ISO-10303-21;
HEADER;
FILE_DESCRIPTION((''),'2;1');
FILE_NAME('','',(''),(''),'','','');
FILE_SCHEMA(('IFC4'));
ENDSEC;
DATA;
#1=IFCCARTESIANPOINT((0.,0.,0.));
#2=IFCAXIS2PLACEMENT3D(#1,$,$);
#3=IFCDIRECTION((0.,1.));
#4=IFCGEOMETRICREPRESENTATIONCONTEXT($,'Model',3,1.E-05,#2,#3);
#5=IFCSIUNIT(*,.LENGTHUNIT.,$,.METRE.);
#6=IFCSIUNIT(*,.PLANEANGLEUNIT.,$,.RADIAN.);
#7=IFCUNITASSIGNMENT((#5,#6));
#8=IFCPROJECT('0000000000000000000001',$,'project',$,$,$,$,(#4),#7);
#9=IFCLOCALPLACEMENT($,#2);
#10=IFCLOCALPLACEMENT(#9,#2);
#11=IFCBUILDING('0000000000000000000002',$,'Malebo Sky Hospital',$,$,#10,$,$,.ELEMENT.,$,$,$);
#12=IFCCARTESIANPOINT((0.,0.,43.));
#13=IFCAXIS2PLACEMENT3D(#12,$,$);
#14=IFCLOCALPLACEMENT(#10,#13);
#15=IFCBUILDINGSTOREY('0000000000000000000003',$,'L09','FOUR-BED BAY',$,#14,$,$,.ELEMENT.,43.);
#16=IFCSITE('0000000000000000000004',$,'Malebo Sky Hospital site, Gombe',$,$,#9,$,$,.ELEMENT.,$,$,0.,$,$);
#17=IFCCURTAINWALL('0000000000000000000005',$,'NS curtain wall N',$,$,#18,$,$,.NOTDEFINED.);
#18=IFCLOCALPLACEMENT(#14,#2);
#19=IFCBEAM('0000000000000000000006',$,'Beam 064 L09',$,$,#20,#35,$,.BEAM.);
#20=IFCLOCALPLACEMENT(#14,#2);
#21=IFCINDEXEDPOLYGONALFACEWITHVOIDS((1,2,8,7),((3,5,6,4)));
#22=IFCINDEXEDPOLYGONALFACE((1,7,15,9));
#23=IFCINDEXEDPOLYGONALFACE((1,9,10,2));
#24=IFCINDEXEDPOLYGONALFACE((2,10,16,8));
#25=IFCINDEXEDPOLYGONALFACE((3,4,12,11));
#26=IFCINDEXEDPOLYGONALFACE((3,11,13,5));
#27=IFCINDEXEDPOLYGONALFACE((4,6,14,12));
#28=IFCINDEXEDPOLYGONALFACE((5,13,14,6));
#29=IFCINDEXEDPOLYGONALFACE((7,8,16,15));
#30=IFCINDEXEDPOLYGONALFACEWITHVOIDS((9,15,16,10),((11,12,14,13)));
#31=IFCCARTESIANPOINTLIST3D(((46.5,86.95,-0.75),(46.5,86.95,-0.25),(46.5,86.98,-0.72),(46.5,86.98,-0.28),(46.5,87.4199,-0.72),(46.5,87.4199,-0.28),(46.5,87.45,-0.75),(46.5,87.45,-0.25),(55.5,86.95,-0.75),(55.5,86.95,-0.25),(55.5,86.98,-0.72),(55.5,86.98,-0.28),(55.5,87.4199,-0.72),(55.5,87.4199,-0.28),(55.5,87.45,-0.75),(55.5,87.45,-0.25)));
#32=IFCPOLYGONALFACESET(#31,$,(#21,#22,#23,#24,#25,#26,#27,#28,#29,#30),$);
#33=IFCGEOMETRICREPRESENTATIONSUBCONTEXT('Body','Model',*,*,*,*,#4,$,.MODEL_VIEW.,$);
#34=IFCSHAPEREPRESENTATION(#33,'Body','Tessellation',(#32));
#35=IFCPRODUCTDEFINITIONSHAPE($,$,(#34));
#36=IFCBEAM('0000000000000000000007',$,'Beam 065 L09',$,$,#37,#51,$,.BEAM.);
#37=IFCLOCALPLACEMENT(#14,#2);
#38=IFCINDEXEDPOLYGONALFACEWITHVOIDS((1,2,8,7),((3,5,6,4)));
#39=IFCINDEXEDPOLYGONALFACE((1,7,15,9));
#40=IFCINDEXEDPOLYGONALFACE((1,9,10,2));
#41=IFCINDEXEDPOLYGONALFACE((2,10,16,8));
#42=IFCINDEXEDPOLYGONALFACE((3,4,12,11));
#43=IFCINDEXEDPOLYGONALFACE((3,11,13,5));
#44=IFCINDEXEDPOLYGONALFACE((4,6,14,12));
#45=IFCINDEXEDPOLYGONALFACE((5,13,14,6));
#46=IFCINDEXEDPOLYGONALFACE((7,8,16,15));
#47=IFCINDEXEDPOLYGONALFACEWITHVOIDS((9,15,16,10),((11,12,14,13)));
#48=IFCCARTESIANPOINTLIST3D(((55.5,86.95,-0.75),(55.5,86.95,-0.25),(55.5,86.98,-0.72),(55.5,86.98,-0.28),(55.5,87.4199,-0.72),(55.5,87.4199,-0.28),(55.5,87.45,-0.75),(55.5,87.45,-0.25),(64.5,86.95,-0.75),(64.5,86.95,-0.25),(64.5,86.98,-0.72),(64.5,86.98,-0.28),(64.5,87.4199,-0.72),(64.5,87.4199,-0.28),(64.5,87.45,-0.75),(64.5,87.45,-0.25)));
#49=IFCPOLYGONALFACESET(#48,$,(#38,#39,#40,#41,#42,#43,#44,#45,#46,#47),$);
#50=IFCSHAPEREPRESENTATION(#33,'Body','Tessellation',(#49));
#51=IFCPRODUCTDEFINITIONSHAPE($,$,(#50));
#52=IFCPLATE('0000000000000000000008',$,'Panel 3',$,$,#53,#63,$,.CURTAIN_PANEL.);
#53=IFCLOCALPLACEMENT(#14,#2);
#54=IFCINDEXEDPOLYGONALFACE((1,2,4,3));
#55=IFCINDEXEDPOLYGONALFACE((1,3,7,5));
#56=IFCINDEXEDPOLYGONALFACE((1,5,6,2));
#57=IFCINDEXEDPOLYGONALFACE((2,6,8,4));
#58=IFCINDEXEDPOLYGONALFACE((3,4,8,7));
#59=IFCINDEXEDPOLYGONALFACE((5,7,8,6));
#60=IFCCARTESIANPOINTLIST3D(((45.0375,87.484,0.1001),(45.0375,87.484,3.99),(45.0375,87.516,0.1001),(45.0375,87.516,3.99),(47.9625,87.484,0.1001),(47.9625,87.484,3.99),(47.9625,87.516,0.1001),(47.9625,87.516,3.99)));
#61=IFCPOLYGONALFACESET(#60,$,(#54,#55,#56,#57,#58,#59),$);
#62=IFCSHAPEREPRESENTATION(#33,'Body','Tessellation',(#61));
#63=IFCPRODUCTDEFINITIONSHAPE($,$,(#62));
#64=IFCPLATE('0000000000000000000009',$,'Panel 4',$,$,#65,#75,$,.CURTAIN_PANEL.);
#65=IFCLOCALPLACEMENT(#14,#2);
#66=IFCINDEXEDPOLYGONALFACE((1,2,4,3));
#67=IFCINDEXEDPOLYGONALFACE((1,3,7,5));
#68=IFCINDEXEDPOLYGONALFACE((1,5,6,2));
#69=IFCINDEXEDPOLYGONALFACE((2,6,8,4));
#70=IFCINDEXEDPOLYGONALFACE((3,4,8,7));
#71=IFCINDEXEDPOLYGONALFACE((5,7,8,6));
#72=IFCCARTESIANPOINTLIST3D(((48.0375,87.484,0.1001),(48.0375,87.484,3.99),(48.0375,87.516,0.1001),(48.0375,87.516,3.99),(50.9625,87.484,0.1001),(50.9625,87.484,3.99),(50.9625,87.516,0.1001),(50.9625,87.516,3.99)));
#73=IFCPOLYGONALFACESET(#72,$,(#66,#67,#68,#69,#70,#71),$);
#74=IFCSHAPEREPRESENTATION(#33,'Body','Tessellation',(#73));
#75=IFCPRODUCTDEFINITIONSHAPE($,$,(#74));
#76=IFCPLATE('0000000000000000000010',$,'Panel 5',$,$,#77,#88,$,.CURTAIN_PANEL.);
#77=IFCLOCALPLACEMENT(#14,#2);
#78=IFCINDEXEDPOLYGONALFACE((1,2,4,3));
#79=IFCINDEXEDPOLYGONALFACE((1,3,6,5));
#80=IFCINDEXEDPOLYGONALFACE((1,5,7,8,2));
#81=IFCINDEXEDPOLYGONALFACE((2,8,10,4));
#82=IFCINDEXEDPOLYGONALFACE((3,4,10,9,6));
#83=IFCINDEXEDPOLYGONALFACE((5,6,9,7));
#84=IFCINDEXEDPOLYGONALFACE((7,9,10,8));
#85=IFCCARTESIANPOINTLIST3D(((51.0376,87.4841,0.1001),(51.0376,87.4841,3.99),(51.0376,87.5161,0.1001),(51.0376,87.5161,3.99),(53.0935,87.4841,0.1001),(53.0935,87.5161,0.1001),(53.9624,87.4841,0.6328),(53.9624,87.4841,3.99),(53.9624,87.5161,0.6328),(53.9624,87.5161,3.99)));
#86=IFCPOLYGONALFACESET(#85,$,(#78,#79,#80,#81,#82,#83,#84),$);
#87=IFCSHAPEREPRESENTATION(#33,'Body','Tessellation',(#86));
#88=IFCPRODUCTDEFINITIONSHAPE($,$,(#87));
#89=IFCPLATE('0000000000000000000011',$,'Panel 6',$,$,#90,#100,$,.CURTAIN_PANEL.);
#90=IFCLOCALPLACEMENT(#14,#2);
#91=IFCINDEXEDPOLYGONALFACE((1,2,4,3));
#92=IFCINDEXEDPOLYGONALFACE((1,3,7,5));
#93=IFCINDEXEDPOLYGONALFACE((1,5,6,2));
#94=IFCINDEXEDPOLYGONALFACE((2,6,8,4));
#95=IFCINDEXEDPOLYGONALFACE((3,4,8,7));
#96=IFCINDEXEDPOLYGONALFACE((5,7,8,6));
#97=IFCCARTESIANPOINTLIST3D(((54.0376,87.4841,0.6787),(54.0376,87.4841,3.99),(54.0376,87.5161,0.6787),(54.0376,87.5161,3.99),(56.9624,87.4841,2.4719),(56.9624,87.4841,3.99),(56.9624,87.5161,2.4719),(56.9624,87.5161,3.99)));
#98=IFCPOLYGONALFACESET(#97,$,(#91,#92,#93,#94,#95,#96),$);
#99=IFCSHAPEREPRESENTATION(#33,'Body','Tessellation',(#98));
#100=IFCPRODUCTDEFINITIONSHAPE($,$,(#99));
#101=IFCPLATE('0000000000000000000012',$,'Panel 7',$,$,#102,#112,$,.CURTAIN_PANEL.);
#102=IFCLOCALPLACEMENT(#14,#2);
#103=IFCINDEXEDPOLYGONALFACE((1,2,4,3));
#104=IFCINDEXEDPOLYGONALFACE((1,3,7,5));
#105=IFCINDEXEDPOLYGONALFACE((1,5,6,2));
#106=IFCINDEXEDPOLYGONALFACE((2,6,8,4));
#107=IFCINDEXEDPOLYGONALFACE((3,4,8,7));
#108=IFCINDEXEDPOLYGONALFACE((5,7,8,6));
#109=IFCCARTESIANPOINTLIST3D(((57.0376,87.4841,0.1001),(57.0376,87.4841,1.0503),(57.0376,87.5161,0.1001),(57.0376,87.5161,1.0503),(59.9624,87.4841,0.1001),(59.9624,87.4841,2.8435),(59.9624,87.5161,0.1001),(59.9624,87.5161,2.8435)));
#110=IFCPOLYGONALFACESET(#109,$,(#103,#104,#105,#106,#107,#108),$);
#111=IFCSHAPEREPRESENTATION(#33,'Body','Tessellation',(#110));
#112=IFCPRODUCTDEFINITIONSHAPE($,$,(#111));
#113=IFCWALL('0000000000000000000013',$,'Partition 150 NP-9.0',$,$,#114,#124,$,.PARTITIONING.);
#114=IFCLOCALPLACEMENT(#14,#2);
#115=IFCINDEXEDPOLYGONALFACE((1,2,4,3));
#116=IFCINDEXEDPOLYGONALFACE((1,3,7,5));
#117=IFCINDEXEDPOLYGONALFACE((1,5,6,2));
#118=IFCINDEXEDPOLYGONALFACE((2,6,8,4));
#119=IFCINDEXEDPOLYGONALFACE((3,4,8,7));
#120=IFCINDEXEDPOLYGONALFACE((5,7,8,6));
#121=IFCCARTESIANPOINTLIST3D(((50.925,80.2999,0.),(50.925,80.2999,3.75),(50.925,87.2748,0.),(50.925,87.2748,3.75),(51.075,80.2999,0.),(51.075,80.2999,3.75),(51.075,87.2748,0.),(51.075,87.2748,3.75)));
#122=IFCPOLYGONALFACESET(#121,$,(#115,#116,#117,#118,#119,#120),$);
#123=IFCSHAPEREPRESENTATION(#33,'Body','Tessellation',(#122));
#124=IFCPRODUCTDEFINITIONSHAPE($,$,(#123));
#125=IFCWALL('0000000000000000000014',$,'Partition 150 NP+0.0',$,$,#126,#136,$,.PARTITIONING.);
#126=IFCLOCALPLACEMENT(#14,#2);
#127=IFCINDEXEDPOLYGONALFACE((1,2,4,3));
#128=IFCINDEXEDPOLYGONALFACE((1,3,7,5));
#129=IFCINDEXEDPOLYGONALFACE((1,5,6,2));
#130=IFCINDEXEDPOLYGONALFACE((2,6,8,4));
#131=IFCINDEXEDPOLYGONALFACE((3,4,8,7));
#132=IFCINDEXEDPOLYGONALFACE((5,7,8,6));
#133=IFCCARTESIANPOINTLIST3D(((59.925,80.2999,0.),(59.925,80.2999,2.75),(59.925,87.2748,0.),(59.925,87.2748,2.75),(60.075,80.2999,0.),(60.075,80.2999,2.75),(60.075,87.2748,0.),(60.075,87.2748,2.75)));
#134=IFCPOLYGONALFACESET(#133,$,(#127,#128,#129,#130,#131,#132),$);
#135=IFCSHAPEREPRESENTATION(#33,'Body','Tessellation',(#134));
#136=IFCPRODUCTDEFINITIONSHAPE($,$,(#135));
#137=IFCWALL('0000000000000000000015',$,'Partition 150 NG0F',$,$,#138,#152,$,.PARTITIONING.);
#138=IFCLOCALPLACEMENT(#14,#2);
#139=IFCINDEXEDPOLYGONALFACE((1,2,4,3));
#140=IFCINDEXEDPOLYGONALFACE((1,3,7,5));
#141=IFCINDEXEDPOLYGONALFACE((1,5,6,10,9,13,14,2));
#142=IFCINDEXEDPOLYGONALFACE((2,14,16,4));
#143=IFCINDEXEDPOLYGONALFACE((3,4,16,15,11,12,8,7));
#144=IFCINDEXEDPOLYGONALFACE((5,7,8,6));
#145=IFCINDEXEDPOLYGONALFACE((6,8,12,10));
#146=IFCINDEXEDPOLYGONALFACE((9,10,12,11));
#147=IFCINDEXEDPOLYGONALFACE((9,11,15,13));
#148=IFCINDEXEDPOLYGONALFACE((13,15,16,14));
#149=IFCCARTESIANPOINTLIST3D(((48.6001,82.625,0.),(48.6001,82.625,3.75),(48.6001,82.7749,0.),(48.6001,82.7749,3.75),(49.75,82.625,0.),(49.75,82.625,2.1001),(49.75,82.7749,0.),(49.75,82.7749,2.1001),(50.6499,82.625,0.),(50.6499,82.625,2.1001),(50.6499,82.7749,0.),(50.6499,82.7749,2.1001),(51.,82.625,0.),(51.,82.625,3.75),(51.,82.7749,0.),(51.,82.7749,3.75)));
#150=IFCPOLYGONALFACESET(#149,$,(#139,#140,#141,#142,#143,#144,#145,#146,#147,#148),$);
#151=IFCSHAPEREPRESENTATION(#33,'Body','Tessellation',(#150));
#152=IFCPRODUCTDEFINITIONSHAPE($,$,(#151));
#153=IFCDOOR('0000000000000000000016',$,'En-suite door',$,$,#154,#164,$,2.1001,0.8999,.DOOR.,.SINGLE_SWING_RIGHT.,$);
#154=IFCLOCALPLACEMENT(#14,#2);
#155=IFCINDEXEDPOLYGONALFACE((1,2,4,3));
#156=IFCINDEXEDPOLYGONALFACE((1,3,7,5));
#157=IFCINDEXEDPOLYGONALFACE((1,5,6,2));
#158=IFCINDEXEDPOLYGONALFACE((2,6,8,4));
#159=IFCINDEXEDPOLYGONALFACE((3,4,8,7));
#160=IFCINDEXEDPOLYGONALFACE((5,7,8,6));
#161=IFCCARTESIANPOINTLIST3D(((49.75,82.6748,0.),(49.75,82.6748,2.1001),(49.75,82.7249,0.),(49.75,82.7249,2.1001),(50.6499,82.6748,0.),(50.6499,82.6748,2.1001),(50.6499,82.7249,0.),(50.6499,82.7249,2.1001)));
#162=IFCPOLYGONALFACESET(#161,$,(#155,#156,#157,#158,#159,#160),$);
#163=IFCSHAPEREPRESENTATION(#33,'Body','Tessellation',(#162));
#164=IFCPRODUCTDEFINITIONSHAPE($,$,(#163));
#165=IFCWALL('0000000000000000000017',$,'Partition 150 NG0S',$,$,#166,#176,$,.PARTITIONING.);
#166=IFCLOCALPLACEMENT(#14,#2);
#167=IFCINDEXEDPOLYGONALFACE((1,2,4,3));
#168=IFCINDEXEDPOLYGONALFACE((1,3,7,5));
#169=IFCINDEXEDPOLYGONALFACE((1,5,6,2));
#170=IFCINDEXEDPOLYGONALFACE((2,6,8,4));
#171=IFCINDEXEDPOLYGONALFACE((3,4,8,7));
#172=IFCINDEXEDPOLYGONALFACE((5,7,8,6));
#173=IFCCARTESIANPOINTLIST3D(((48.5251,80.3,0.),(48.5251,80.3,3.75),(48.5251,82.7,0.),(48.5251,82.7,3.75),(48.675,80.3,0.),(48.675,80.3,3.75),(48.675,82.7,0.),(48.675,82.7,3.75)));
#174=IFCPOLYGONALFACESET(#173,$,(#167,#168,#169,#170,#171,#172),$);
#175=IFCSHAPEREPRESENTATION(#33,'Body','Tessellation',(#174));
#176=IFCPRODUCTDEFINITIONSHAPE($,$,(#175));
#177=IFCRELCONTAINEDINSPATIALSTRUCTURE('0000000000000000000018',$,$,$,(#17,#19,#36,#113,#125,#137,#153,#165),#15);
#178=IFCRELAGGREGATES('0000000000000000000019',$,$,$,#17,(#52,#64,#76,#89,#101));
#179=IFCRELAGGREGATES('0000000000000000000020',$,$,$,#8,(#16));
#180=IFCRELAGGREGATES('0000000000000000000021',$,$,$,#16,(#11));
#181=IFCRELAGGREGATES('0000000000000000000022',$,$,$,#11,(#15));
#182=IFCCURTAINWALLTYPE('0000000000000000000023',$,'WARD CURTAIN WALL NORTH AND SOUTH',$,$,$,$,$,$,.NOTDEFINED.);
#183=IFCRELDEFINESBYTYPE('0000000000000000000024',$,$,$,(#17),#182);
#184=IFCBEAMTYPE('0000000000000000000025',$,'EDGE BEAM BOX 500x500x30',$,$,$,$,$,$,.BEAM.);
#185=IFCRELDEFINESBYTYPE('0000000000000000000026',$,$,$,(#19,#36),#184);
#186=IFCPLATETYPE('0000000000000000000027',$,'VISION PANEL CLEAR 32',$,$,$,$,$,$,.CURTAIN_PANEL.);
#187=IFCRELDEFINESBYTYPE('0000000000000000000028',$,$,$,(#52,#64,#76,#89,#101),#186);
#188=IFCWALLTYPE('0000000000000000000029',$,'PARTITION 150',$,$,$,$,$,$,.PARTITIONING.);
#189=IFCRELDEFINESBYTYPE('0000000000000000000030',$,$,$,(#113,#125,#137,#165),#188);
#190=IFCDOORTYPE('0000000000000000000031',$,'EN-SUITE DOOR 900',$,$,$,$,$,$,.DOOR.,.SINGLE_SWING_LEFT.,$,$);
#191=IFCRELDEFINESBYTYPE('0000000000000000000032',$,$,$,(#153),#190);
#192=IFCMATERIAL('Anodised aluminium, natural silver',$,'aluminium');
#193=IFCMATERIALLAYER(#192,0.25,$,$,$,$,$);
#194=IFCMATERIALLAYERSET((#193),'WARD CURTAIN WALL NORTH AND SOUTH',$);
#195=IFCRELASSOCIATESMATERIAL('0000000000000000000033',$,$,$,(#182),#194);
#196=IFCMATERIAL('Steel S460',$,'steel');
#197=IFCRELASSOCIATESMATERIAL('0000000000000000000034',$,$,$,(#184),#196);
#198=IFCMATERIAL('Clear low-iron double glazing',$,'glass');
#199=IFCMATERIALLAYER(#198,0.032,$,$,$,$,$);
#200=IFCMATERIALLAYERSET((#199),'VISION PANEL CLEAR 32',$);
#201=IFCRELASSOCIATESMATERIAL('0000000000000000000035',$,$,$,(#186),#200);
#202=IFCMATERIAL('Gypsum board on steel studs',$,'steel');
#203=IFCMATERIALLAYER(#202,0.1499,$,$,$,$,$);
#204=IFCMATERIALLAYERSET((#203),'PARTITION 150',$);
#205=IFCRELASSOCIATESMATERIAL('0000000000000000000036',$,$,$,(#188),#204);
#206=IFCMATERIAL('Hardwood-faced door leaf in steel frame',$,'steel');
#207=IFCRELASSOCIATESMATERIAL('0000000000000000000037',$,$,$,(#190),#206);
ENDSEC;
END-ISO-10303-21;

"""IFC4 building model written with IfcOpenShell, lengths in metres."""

from ifc_helpers import new_model, si_unit, direction, frame, frame_2d, origin, origin_2d, place, context, subcontext, project, spatial, polyline, rectangle, hollow_rectangle, outline, extrude, material, layer, layer_set, material_profile, profile_set, type_object, element, fill, aggregate, save


model = new_model("IFC4")

# Units and contexts
model_context = context("Model", 3, precision=1e-05, world=origin(), true_north=direction((0.0, 1.0)))
body_context = subcontext(model_context, "Body", "Model", "MODEL_VIEW")
ifc_project = project(units=[si_unit("LENGTHUNIT", "METRE"), si_unit("PLANEANGLEUNIT", "RADIAN")], contexts=[model_context])

# Site, building, storey
site_placement = place(None, origin())
site = spatial("IfcSite", under=ifc_project, at=site_placement, Name="Malebo Sky Hospital site, Gombe", CompositionType="ELEMENT", RefElevation=0.0)
building_placement = place(site_placement, origin())
building = spatial("IfcBuilding", under=site, at=building_placement, Name="Malebo Sky Hospital", CompositionType="ELEMENT")
storey_placement = place(building_placement, frame((0.0, 0.0, 43.0)))
storey = spatial("IfcBuildingStorey", under=building, at=storey_placement, Name="L09", Description="FOUR-BED BAY", CompositionType="ELEMENT", Elevation=43.0)

# Shared definitions
ifc_material_1 = material(Name="Steel S460", Category="steel")

# Curtain wall
ifc_material_2 = material(Name="Anodised aluminium, natural silver", Category="aluminium")
ifc_layer_1 = layer(ifc_material_2, 0.25)
ifc_layer_set_1 = layer_set([ifc_layer_1], Name="WARD CURTAIN WALL NORTH AND SOUTH")
curtain_wall_type = type_object("IfcCurtainWallType", Name="WARD CURTAIN WALL NORTH AND SOUTH", PredefinedType="NOTDEFINED", material=ifc_layer_set_1)
curtain_wall_placement = place(storey_placement, origin())
curtain_wall = element("IfcCurtainWall", 1, at=curtain_wall_placement, inside=storey, type_object=curtain_wall_type, Name="NS curtain wall N", PredefinedType="NOTDEFINED")

# Beams
ifc_material_profile_1 = material_profile(ifc_material_1, hollow_rectangle(XDim=0.5, YDim=0.5, WallThickness=0.03, at=origin_2d()), Name="BOX 500x500x30")
ifc_profile_set_1 = profile_set([ifc_material_profile_1], Name="Steel S460")
beam_type = type_object("IfcBeamType", Name="EDGE BEAM BOX 500x500x30", PredefinedType="BEAM", material=ifc_profile_set_1)
for number, where, z_axis, x_axis, name in (
    (2, (46.5, 87.2, -0.5), (1.0, 0.0, 0.0), (0.0, 1.0, 0.0), "Beam 064 L09"),
    (3, (55.5, 87.2, -0.5), (1.0, 0.0, 0.0), (0.0, 1.0, 0.0), "Beam 065 L09"),
):
    element("IfcBeam", number, at=place(storey_placement, frame(where, z_axis=z_axis, x_axis=x_axis)), inside=storey, type_object=beam_type, Name=name, PredefinedType="BEAM", context=body_context, shape_type="SweptSolid", body=[
        extrude(hollow_rectangle(XDim=0.5, YDim=0.5, WallThickness=0.03, at=origin_2d()), origin(), (0.0, 0.0, 1.0), 9.0),
    ])

# Plates
ifc_material_3 = material(Name="Clear low-iron double glazing", Category="glass")
ifc_layer_2 = layer(ifc_material_3, 0.032)
ifc_layer_set_2 = layer_set([ifc_layer_2], Name="VISION PANEL CLEAR 32")
plate_type = type_object("IfcPlateType", Name="VISION PANEL CLEAR 32", PredefinedType="CURTAIN_PANEL", material=ifc_layer_set_2)
plate_1_placement = place(storey_placement, frame((46.5, 87.5, 0.1001), z_axis=(0.0, 0.0, 1.0), x_axis=(1.0, 0.0, 0.0)))
plate_1 = element("IfcPlate", 4, at=plate_1_placement, type_object=plate_type, Name="Panel 3", PredefinedType="CURTAIN_PANEL", context=body_context, shape_type="SweptSolid", body=[
    extrude(rectangle(XDim=2.925, YDim=0.032, at=origin_2d()), origin(), (0.0, 0.0, 1.0), 3.8899),
])
plate_2_placement = place(storey_placement, frame((49.5, 87.5, 0.1001), z_axis=(0.0, 0.0, 1.0), x_axis=(1.0, 0.0, 0.0)))
plate_2 = element("IfcPlate", 5, at=plate_2_placement, type_object=plate_type, Name="Panel 4", PredefinedType="CURTAIN_PANEL", context=body_context, shape_type="SweptSolid", body=[
    extrude(rectangle(XDim=2.925, YDim=0.032, at=origin_2d()), origin(), (0.0, 0.0, 1.0), 3.8899),
])
plate_3_placement = place(storey_placement, frame((52.5, 87.5, 0.1001), z_axis=(0.0, 0.0, 1.0), x_axis=(1.0, 0.0, 0.0)))
plate_3 = element("IfcPlate", 6, at=plate_3_placement, type_object=plate_type, Name="Panel 5", PredefinedType="CURTAIN_PANEL", context=body_context, shape_type="SweptSolid", body=[
    extrude(outline(polyline([(-1.4624, 0.0), (0.5935, 0.0), (1.4624, 0.5327), (1.4624, 3.8899), (-1.4624, 3.8899), (-1.4624, 0.0)])), frame((0.0, 0.0161, 0.0), z_axis=(0.0, -1.0, 0.0), x_axis=(1.0, 0.0, 0.0)), (0.0, 0.0, 1.0), 0.032),
])
plate_4_placement = place(storey_placement, frame((55.5, 87.5, 0.6787), z_axis=(0.0, 0.0, 1.0), x_axis=(1.0, 0.0, 0.0)))
plate_4 = element("IfcPlate", 7, at=plate_4_placement, type_object=plate_type, Name="Panel 6", PredefinedType="CURTAIN_PANEL", context=body_context, shape_type="SweptSolid", body=[
    extrude(outline(polyline([(-1.4624, 0.0), (1.4624, 1.7932), (1.4624, 3.3113), (-1.4624, 3.3113), (-1.4624, 0.0)])), frame((0.0, 0.0161, 0.0), z_axis=(0.0, -1.0, 0.0), x_axis=(1.0, 0.0, 0.0)), (0.0, 0.0, 1.0), 0.032),
])
plate_5_placement = place(storey_placement, frame((58.5, 87.5, 0.1001), z_axis=(0.0, 0.0, 1.0), x_axis=(1.0, 0.0, 0.0)))
plate_5 = element("IfcPlate", 8, at=plate_5_placement, type_object=plate_type, Name="Panel 7", PredefinedType="CURTAIN_PANEL", context=body_context, shape_type="SweptSolid", body=[
    extrude(outline(polyline([(-1.4624, 0.0), (1.4624, 0.0), (1.4624, 2.7434), (-1.4624, 0.9502), (-1.4624, 0.0)])), frame((0.0, 0.0161, 0.0), z_axis=(0.0, -1.0, 0.0), x_axis=(1.0, 0.0, 0.0)), (0.0, 0.0, 1.0), 0.032),
])
aggregate(curtain_wall, [plate_1, plate_2, plate_3, plate_4, plate_5])

# Walls
ifc_material_4 = material(Name="Gypsum board on steel studs", Category="steel")
ifc_layer_3 = layer(ifc_material_4, 0.1499)
ifc_layer_set_3 = layer_set([ifc_layer_3], Name="PARTITION 150")
wall_type = type_object("IfcWallType", Name="PARTITION 150", PredefinedType="PARTITIONING", material=ifc_layer_set_3)
wall_1_placement = place(storey_placement, frame((51.0, 80.3, 0.0), z_axis=(0.0, 0.0, 1.0), x_axis=(0.0, 1.0, 0.0)))
element("IfcWall", 9, at=wall_1_placement, inside=storey, type_object=wall_type, Name="Partition 150 NP-9.0", PredefinedType="PARTITIONING", context=body_context, shape_type="SweptSolid", body=[
    extrude(rectangle(XDim=6.9749, YDim=0.1499, at=frame_2d((3.4873, 0.0))), origin(), (0.0, 0.0, 1.0), 3.75),
])
wall_2_placement = place(storey_placement, frame((60.0, 80.3, 0.0), z_axis=(0.0, 0.0, 1.0), x_axis=(0.0, 1.0, 0.0)))
element("IfcWall", 10, at=wall_2_placement, inside=storey, type_object=wall_type, Name="Partition 150 NP+0.0", PredefinedType="PARTITIONING", context=body_context, shape_type="SweptSolid", body=[
    extrude(rectangle(XDim=6.9749, YDim=0.1499, at=frame_2d((3.4873, 0.0))), origin(), (0.0, 0.0, 1.0), 2.75),
])

# Wall, opening, door
wall_3_placement = place(storey_placement, frame((48.6001, 82.7, 0.0), z_axis=(0.0, 0.0, 1.0), x_axis=(1.0, 0.0, 0.0)))
wall_3 = element("IfcWall", 11, at=wall_3_placement, inside=storey, type_object=wall_type, Name="Partition 150 NG0F", PredefinedType="PARTITIONING", context=body_context, shape_type="SweptSolid", body=[
    extrude(rectangle(XDim=2.3999, YDim=0.1499, at=frame_2d((1.2, 0.0))), origin(), (0.0, 0.0, 1.0), 3.75),
])
opening_1_placement = place(wall_3_placement, frame((1.1499, 0.0, 0.0)))
opening_1 = element("IfcOpeningElement", 12, at=opening_1_placement, cuts=wall_3, PredefinedType="OPENING", context=body_context, shape_type="SweptSolid", body=[
    extrude(rectangle(XDim=0.8999, YDim=2.1001, at=frame_2d((0.45, 1.05))), frame((0.0, 0.085, 0.0), z_axis=(0.0, -1.0, 0.0), x_axis=(1.0, 0.0, 0.0)), (0.0, 0.0, 1.0), 0.1699),
])
ifc_material_5 = material(Name="Hardwood-faced door leaf in steel frame", Category="steel")
door_type = type_object("IfcDoorType", Name="EN-SUITE DOOR 900", OperationType="SINGLE_SWING_LEFT", PredefinedType="DOOR", material=ifc_material_5)
door_1_placement = place(opening_1_placement, origin())
door_1 = element("IfcDoor", 13, at=door_1_placement, inside=storey, type_object=door_type, Name="En-suite door", OperationType="SINGLE_SWING_RIGHT", OverallHeight=2.1001, OverallWidth=0.8999, PredefinedType="DOOR", context=body_context, shape_type="SweptSolid", body=[
    extrude(rectangle(XDim=0.8999, YDim=2.1001, at=frame_2d((0.45, 1.05))), frame((0.0, 0.0249, 0.0), z_axis=(0.0, -1.0, 0.0), x_axis=(1.0, 0.0, 0.0)), (0.0, 0.0, 1.0), 0.05),
])
fill(opening_1, door_1)

# Wall
wall_4_placement = place(storey_placement, frame((48.6001, 80.3, 0.0), z_axis=(0.0, 0.0, 1.0), x_axis=(0.0, 1.0, 0.0)))
element("IfcWall", 14, at=wall_4_placement, inside=storey, type_object=wall_type, Name="Partition 150 NG0S", PredefinedType="PARTITIONING", context=body_context, shape_type="SweptSolid", body=[
    extrude(rectangle(XDim=2.3999, YDim=0.1499, at=frame_2d((1.2, 0.0))), origin(), (0.0, 0.0, 1.0), 3.75),
])

save(model, "model.ifc")
